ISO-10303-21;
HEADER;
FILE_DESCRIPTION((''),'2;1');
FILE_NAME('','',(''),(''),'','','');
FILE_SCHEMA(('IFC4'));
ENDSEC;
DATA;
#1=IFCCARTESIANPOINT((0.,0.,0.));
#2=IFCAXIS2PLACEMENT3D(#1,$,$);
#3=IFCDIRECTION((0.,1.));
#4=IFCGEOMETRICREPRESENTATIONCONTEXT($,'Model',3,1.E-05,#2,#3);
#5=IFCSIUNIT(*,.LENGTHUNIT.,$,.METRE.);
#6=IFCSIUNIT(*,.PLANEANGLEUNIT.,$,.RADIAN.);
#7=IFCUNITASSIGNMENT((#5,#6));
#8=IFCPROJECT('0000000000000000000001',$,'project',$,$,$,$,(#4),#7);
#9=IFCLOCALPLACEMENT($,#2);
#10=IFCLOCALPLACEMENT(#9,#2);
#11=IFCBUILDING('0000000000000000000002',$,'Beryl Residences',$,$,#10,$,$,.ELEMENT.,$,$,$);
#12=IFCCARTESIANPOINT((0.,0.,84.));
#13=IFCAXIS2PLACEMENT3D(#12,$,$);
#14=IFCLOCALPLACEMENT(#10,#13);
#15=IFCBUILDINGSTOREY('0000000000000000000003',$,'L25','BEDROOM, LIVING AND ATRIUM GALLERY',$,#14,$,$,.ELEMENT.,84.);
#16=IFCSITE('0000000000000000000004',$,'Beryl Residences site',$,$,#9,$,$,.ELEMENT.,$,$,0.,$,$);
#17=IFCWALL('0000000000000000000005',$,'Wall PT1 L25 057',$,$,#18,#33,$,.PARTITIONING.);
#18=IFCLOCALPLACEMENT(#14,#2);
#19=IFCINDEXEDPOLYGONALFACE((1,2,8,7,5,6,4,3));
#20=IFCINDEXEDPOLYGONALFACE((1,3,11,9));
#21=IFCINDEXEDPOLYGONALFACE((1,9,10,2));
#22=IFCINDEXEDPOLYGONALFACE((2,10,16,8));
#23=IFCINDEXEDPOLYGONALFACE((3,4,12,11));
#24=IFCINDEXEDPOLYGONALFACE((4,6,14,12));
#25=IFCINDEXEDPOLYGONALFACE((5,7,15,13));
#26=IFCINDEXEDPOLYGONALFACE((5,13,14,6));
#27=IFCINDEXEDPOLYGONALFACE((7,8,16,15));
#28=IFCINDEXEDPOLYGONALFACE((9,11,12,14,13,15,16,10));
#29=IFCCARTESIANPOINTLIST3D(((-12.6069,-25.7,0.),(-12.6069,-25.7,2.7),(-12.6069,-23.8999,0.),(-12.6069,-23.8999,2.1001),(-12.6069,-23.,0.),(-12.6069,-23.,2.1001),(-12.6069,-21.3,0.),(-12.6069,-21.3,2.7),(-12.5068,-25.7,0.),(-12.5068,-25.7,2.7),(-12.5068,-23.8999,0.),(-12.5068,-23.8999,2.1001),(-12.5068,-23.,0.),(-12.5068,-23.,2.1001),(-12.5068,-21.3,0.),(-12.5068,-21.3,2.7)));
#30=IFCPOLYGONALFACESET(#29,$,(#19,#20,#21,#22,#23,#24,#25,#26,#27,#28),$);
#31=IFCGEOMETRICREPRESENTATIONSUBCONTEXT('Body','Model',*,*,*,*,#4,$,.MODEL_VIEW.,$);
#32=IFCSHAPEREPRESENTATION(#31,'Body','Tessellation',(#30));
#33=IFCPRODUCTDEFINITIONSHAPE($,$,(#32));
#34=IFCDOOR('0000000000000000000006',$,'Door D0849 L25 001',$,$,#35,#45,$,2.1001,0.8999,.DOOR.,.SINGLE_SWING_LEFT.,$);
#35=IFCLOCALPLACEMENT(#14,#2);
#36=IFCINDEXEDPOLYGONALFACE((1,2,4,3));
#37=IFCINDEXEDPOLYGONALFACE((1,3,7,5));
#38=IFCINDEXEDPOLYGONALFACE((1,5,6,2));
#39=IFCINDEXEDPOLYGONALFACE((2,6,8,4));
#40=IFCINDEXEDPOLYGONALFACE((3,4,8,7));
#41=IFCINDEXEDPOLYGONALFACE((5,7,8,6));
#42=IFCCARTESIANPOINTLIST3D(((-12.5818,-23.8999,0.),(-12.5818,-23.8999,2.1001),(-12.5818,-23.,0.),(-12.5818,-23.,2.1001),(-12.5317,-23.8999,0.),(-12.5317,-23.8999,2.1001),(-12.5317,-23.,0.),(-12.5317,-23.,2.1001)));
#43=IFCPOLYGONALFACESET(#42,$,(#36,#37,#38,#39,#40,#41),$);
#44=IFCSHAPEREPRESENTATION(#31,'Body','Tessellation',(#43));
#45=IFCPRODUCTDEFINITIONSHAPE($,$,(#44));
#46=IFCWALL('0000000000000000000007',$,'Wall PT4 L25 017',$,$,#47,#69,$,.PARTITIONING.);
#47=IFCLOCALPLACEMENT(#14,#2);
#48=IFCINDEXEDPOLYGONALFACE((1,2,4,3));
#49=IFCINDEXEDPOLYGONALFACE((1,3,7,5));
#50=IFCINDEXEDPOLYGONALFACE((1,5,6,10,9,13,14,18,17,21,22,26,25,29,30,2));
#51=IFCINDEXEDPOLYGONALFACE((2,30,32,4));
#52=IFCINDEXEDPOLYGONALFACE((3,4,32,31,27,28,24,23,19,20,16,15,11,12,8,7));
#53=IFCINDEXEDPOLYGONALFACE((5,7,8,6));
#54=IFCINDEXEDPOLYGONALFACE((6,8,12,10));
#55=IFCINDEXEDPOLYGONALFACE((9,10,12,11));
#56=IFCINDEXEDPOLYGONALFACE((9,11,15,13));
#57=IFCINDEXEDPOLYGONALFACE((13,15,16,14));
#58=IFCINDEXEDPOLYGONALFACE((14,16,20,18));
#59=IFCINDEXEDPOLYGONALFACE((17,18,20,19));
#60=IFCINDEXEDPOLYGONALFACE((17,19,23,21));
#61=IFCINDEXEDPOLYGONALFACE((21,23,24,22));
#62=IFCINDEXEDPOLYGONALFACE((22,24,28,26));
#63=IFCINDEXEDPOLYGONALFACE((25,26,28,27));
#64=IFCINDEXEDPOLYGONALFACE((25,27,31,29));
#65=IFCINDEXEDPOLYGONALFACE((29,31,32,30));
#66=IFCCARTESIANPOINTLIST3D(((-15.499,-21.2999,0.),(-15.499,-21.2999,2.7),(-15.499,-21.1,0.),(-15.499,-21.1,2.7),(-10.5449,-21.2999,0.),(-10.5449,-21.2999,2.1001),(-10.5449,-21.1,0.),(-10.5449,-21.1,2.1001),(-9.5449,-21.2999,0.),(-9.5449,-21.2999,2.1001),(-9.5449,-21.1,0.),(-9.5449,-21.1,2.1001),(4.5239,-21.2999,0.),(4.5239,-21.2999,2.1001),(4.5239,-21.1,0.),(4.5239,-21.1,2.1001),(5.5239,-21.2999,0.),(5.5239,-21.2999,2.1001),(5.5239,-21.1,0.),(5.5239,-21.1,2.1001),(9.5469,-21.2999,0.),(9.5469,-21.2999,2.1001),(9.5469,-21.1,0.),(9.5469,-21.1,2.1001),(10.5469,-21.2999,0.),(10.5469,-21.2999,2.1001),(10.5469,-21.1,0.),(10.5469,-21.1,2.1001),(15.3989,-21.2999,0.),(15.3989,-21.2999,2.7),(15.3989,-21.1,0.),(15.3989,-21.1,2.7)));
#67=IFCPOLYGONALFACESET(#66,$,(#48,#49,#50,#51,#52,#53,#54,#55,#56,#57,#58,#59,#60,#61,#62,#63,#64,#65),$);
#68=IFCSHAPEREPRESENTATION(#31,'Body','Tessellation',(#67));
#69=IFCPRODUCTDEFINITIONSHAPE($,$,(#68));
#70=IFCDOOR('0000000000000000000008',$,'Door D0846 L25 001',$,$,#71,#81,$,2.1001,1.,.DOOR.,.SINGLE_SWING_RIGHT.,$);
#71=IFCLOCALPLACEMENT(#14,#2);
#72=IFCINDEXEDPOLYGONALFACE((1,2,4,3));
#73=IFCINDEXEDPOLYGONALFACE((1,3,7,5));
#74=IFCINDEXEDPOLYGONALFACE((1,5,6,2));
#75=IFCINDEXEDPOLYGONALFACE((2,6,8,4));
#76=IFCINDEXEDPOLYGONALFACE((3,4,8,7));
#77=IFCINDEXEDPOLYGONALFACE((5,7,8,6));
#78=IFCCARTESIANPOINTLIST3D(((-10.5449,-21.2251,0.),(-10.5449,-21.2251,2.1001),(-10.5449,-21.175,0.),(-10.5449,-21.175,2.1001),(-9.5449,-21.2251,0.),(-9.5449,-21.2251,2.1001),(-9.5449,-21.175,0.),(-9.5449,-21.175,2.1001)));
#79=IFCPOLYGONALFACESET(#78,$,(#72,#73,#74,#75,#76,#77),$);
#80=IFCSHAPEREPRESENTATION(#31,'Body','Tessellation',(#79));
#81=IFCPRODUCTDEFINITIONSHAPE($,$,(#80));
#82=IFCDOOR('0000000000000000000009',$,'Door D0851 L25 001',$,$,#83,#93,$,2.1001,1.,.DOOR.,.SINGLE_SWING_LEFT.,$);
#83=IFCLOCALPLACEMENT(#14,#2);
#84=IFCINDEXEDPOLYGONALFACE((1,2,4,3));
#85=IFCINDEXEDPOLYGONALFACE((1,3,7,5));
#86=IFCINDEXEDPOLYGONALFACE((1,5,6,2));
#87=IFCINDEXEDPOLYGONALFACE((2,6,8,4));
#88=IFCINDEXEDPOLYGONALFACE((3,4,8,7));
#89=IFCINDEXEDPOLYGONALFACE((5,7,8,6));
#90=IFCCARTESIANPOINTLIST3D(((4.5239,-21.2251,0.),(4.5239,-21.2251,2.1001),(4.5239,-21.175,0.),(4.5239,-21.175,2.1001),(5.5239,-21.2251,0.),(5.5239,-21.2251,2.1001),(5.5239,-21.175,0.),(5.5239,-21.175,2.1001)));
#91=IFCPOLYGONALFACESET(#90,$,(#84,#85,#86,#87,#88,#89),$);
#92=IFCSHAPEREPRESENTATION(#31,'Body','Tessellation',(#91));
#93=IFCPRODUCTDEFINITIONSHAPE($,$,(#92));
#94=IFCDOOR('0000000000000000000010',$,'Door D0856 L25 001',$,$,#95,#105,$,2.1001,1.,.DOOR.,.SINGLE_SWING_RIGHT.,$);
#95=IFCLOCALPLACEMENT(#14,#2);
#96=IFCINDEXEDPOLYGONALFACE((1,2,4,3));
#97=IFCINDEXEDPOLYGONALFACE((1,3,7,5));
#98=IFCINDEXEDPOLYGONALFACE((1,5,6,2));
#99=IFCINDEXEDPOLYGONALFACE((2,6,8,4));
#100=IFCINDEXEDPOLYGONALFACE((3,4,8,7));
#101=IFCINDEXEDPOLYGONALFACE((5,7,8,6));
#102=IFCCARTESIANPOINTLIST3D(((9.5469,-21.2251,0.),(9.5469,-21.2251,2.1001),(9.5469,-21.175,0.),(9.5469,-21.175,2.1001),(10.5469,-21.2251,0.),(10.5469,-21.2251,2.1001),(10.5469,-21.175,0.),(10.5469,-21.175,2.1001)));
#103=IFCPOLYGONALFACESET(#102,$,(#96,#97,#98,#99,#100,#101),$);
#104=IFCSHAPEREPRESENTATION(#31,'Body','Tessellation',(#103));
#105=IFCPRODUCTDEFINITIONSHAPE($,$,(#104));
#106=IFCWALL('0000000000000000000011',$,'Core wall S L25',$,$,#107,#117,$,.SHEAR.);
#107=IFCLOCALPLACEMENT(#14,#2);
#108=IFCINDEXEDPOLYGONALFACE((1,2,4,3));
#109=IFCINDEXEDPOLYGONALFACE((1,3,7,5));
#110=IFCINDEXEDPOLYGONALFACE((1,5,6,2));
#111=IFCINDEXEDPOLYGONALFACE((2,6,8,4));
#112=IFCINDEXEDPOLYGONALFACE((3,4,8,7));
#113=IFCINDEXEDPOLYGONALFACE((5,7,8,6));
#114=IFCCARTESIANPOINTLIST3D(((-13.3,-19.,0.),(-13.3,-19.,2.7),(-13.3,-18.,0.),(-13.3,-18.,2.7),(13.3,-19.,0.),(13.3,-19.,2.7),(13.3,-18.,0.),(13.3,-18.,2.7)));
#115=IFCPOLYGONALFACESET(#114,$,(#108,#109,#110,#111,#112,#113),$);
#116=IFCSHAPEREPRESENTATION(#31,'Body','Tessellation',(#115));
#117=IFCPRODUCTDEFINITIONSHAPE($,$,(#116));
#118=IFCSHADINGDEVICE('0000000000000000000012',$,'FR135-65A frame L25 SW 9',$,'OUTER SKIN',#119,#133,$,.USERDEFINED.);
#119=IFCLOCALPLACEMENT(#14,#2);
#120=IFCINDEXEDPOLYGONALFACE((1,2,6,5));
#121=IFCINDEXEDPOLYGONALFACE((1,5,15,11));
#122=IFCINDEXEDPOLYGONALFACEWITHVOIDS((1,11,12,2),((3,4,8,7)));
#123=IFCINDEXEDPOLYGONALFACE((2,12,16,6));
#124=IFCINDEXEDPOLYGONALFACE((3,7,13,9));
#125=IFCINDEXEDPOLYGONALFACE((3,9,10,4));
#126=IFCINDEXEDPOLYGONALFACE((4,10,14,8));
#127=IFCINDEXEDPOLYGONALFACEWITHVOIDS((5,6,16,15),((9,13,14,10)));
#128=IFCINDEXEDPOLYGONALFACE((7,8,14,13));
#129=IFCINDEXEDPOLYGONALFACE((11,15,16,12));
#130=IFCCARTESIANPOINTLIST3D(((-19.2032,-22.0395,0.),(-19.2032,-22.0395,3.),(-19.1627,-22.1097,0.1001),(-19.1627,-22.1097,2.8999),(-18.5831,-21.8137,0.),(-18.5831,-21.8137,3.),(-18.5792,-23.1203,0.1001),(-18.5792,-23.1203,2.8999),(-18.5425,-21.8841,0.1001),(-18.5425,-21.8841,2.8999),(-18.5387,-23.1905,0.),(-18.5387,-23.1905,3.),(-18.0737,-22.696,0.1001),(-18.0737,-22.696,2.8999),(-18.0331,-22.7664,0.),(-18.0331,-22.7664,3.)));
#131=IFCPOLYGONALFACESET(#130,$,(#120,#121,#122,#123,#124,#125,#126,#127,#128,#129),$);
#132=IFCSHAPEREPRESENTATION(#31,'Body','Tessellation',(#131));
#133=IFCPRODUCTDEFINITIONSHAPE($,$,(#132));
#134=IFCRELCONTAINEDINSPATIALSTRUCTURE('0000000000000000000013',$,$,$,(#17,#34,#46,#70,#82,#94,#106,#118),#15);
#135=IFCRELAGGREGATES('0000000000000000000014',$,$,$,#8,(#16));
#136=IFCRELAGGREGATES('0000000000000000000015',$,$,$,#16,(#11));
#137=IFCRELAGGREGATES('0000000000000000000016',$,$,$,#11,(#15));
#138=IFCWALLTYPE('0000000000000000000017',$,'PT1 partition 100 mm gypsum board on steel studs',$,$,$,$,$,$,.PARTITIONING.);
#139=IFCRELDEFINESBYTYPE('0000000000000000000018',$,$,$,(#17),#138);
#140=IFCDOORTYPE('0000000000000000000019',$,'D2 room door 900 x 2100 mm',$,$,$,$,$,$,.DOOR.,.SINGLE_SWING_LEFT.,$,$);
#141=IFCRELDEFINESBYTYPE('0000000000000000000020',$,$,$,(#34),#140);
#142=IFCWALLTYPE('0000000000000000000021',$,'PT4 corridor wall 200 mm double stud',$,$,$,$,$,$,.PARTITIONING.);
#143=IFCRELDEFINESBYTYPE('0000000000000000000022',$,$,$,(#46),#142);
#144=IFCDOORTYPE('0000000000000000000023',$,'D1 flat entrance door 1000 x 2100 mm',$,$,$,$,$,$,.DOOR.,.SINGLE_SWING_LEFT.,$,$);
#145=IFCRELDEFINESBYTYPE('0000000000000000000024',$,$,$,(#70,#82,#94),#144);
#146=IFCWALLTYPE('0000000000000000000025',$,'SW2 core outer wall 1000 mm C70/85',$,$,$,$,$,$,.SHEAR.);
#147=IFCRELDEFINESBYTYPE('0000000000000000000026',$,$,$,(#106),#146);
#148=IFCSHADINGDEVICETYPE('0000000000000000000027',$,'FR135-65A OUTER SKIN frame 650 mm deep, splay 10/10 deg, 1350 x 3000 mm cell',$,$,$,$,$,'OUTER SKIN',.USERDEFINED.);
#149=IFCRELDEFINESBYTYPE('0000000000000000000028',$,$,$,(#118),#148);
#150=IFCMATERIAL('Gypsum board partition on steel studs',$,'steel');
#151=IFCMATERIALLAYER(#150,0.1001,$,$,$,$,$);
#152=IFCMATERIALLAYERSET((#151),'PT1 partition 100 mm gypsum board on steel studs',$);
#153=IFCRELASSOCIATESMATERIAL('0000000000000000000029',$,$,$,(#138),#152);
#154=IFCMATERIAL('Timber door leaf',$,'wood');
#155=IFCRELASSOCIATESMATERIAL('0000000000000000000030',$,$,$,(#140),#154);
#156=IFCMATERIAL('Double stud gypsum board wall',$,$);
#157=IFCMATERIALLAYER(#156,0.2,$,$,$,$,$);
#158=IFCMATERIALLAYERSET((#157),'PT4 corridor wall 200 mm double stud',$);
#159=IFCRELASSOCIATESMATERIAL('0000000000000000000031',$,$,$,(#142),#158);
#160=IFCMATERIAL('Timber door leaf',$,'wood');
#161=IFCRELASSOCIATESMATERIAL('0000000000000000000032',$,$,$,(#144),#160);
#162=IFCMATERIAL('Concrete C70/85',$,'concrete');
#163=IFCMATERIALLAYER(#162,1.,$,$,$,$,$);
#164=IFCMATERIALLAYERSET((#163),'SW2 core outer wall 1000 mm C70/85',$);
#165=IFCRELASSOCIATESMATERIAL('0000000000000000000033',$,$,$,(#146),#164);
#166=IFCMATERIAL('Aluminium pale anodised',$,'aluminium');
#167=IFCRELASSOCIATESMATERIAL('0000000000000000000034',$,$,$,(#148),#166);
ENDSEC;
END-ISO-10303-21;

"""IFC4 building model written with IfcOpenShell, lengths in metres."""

from ifc_helpers import new_model, entity, si_unit, direction, frame, frame_2d, origin, place, context, subcontext, project, spatial, rectangle, extrude, source, transform, mapped, material, layer, layer_set, type_object, type_shapes, element, fill, save


model = new_model("IFC4")

# Units and contexts
model_context = context("Model", 3, precision=1e-05, world=origin(), true_north=direction((0.0, 1.0)))
body_context = subcontext(model_context, "Body", "Model", "MODEL_VIEW")
ifc_project = project(units=[si_unit("LENGTHUNIT", "METRE"), si_unit("PLANEANGLEUNIT", "RADIAN")], contexts=[model_context])

# Site, building, storey
site_placement = place(None, origin())
site = spatial("IfcSite", under=ifc_project, at=site_placement, Name="Beryl Residences site", CompositionType="ELEMENT", RefElevation=0.0)
building_placement = place(site_placement, origin())
building = spatial("IfcBuilding", under=site, at=building_placement, Name="Beryl Residences", CompositionType="ELEMENT")
storey_placement = place(building_placement, frame((0.0, 0.0, 84.0)))
storey = spatial("IfcBuildingStorey", under=building, at=storey_placement, Name="L25", Description="BEDROOM, LIVING AND ATRIUM GALLERY", CompositionType="ELEMENT", Elevation=84.0)

# Wall, opening, door
ifc_material_1 = material(Name="Gypsum board partition on steel studs", Category="steel")
ifc_layer_1 = layer(ifc_material_1, 0.1001)
ifc_layer_set_1 = layer_set([ifc_layer_1], Name="PT1 partition 100 mm gypsum board on steel studs")
wall_type_1 = type_object("IfcWallType", Name="PT1 partition 100 mm gypsum board on steel studs", PredefinedType="PARTITIONING", material=ifc_layer_set_1)
wall_1_placement = place(storey_placement, frame((-12.5569, -25.7, 0.0), z_axis=(0.0, 0.0, 1.0), x_axis=(0.0, 1.0, 0.0)))
wall_1 = element("IfcWall", 1, at=wall_1_placement, inside=storey, type_object=wall_type_1, Name="Wall PT1 L25 057", PredefinedType="PARTITIONING", context=body_context, shape_type="SweptSolid", body=[
    extrude(rectangle(XDim=4.3999, YDim=0.1001, at=frame_2d((2.2, 0.0))), origin(), (0.0, 0.0, 1.0), 2.7),
])
opening_1_placement = place(wall_1_placement, frame((1.8, 0.0, 0.0)))
opening_1 = element("IfcOpeningElement", 2, at=opening_1_placement, cuts=wall_1, PredefinedType="OPENING", context=body_context, shape_type="SweptSolid", body=[
    extrude(rectangle(XDim=0.8999, YDim=2.1001, at=frame_2d((0.45, 1.05))), frame((0.0, 0.0601, 0.0), z_axis=(0.0, -1.0, 0.0), x_axis=(1.0, 0.0, 0.0)), (0.0, 0.0, 1.0), 0.1201),
])
ifc_material_2 = material(Name="Timber door leaf", Category="wood")
door_type_1 = type_object("IfcDoorType", Name="D2 room door 900 x 2100 mm", OperationType="SINGLE_SWING_LEFT", PredefinedType="DOOR", material=ifc_material_2)
door_1_placement = place(opening_1_placement, origin())
door_1 = element("IfcDoor", 3, at=door_1_placement, inside=storey, type_object=door_type_1, Name="Door D0849 L25 001", OperationType="SINGLE_SWING_LEFT", OverallHeight=2.1001, OverallWidth=0.8999, PredefinedType="DOOR", context=body_context, shape_type="SweptSolid", body=[
    extrude(rectangle(XDim=0.8999, YDim=2.1001, at=frame_2d((0.45, 1.05))), frame((0.0, 0.0249, 0.0), z_axis=(0.0, -1.0, 0.0), x_axis=(1.0, 0.0, 0.0)), (0.0, 0.0, 1.0), 0.05),
])
fill(opening_1, door_1)

# Wall, openings, doors
ifc_material_3 = material(Name="Double stud gypsum board wall")
ifc_layer_2 = layer(ifc_material_3, 0.2)
ifc_layer_set_2 = layer_set([ifc_layer_2], Name="PT4 corridor wall 200 mm double stud")
wall_type_2 = type_object("IfcWallType", Name="PT4 corridor wall 200 mm double stud", PredefinedType="PARTITIONING", material=ifc_layer_set_2)
wall_2_placement = place(storey_placement, frame((-15.499, -21.2, 0.0), z_axis=(0.0, 0.0, 1.0), x_axis=(1.0, 0.0, 0.0)))
wall_2 = element("IfcWall", 4, at=wall_2_placement, inside=storey, type_object=wall_type_2, Name="Wall PT4 L25 017", PredefinedType="PARTITIONING", context=body_context, shape_type="SweptSolid", body=[
    extrude(rectangle(XDim=30.8979, YDim=0.2, at=frame_2d((15.449, 0.0))), origin(), (0.0, 0.0, 1.0), 2.7),
])
opening_2_placement = place(wall_2_placement, frame((4.9541, 0.0, 0.0)))
opening_2 = element("IfcOpeningElement", 5, at=opening_2_placement, cuts=wall_2, PredefinedType="OPENING", context=body_context, shape_type="SweptSolid", body=[
    extrude(rectangle(XDim=1.0, YDim=2.1001, at=frame_2d((0.5, 1.05))), frame((0.0, 0.1099, 0.0), z_axis=(0.0, -1.0, 0.0), x_axis=(1.0, 0.0, 0.0)), (0.0, 0.0, 1.0), 0.22),
])
opening_3_placement = place(wall_2_placement, frame((20.0229, 0.0, 0.0)))
opening_3 = element("IfcOpeningElement", 6, at=opening_3_placement, cuts=wall_2, PredefinedType="OPENING", context=body_context, shape_type="SweptSolid", body=[
    extrude(rectangle(XDim=1.0, YDim=2.1001, at=frame_2d((0.5, 1.05))), frame((0.0, 0.1099, 0.0), z_axis=(0.0, -1.0, 0.0), x_axis=(1.0, 0.0, 0.0)), (0.0, 0.0, 1.0), 0.22),
])
opening_4_placement = place(wall_2_placement, frame((25.0459, 0.0, 0.0)))
opening_4 = element("IfcOpeningElement", 7, at=opening_4_placement, cuts=wall_2, PredefinedType="OPENING", context=body_context, shape_type="SweptSolid", body=[
    extrude(rectangle(XDim=1.0, YDim=2.1001, at=frame_2d((0.5, 1.05))), frame((0.0, 0.1099, 0.0), z_axis=(0.0, -1.0, 0.0), x_axis=(1.0, 0.0, 0.0)), (0.0, 0.0, 1.0), 0.22),
])
ifc_material_4 = material(Name="Timber door leaf", Category="wood")
door_type_2 = type_object("IfcDoorType", Name="D1 flat entrance door 1000 x 2100 mm", OperationType="SINGLE_SWING_LEFT", PredefinedType="DOOR", material=ifc_material_4)
door_2_placement = place(opening_2_placement, origin())
door_2 = element("IfcDoor", 8, at=door_2_placement, inside=storey, type_object=door_type_2, Name="Door D0846 L25 001", OperationType="SINGLE_SWING_RIGHT", OverallHeight=2.1001, OverallWidth=1.0, PredefinedType="DOOR", context=body_context, shape_type="SweptSolid", body=[
    extrude(rectangle(XDim=1.0, YDim=2.1001, at=frame_2d((0.5, 1.05))), frame((0.0, 0.0249, 0.0), z_axis=(0.0, -1.0, 0.0), x_axis=(1.0, 0.0, 0.0)), (0.0, 0.0, 1.0), 0.05),
])
fill(opening_2, door_2)
door_3_placement = place(opening_3_placement, origin())
door_3 = element("IfcDoor", 9, at=door_3_placement, inside=storey, type_object=door_type_2, Name="Door D0851 L25 001", OperationType="SINGLE_SWING_LEFT", OverallHeight=2.1001, OverallWidth=1.0, PredefinedType="DOOR", context=body_context, shape_type="SweptSolid", body=[
    extrude(rectangle(XDim=1.0, YDim=2.1001, at=frame_2d((0.5, 1.05))), frame((0.0, 0.0249, 0.0), z_axis=(0.0, -1.0, 0.0), x_axis=(1.0, 0.0, 0.0)), (0.0, 0.0, 1.0), 0.05),
])
fill(opening_3, door_3)
door_4_placement = place(opening_4_placement, origin())
door_4 = element("IfcDoor", 10, at=door_4_placement, inside=storey, type_object=door_type_2, Name="Door D0856 L25 001", OperationType="SINGLE_SWING_RIGHT", OverallHeight=2.1001, OverallWidth=1.0, PredefinedType="DOOR", context=body_context, shape_type="SweptSolid", body=[
    extrude(rectangle(XDim=1.0, YDim=2.1001, at=frame_2d((0.5, 1.05))), frame((0.0, 0.0249, 0.0), z_axis=(0.0, -1.0, 0.0), x_axis=(1.0, 0.0, 0.0)), (0.0, 0.0, 1.0), 0.05),
])
fill(opening_4, door_4)

# Wall
ifc_material_5 = material(Name="Concrete C70/85", Category="concrete")
ifc_layer_3 = layer(ifc_material_5, 1.0)
ifc_layer_set_3 = layer_set([ifc_layer_3], Name="SW2 core outer wall 1000 mm C70/85")
wall_type_3 = type_object("IfcWallType", Name="SW2 core outer wall 1000 mm C70/85", PredefinedType="SHEAR", material=ifc_layer_set_3)
wall_3_placement = place(storey_placement, frame((-13.3, -18.5, 0.0), z_axis=(0.0, 0.0, 1.0), x_axis=(1.0, 0.0, 0.0)))
element("IfcWall", 11, at=wall_3_placement, inside=storey, type_object=wall_type_3, Name="Core wall S L25", PredefinedType="SHEAR", context=body_context, shape_type="SweptSolid", body=[
    extrude(rectangle(XDim=26.6001, YDim=1.0, at=frame_2d((13.3, 0.0))), origin(), (0.0, 0.0, 1.0), 2.7),
])

# Shading device
ifc_material_6 = material(Name="Aluminium pale anodised", Category="aluminium")
shading_device_type_1 = type_object("IfcShadingDeviceType", Name="FR135-65A OUTER SKIN frame 650 mm deep, splay 10/10 deg, 1350 x 3000 mm cell", ElementType="OUTER SKIN", PredefinedType="USERDEFINED", material=ifc_material_6)
cartesian_point_1 = entity("IfcCartesianPoint", [-0.55, 0.0])
cartesian_point_2 = entity("IfcCartesianPoint", [-0.4688, 0.1001])
cartesian_point_3 = entity("IfcCartesianPoint", [-0.6646, 0.0])
cartesian_point_4 = entity("IfcCartesianPoint", [-0.5835, 0.1001])
shared_shape_1 = source(origin(), body_context, "Body", "SweptSolid", [
    entity("IfcExtrudedAreaSolidTapered", entity("IfcArbitraryProfileDefWithVoids", "AREA", None, entity("IfcPolyline", [cartesian_point_1, entity("IfcCartesianPoint", [0.55, 0.0]), entity("IfcCartesianPoint", [0.55, 3.0]), entity("IfcCartesianPoint", [-0.55, 3.0]), cartesian_point_1]), [entity("IfcPolyline", [cartesian_point_2, entity("IfcCartesianPoint", [0.4688, 0.1001]), entity("IfcCartesianPoint", [0.4688, 2.8999]), entity("IfcCartesianPoint", [-0.4688, 2.8999]), cartesian_point_2])]), entity("IfcAxis2Placement3D", entity("IfcCartesianPoint", [0.0, 0.0, 0.0]), entity("IfcDirection", [0.0, 1.0, 0.0]), entity("IfcDirection", [-1.0, 0.0, 0.0])), entity("IfcDirection", [0.0, 0.0, 1.0]), 0.6499, entity("IfcArbitraryProfileDefWithVoids", "AREA", None, entity("IfcPolyline", [cartesian_point_3, entity("IfcCartesianPoint", [0.6646, 0.0]), entity("IfcCartesianPoint", [0.6646, 3.0]), entity("IfcCartesianPoint", [-0.6646, 3.0]), cartesian_point_3]), [entity("IfcPolyline", [cartesian_point_4, entity("IfcCartesianPoint", [0.5835, 0.1001]), entity("IfcCartesianPoint", [0.5835, 2.8999]), entity("IfcCartesianPoint", [-0.5835, 2.8999]), cartesian_point_4])])),
])
type_shapes(shading_device_type_1, [shared_shape_1])
shading_device_1_placement = place(storey_placement, frame((-18.3081, -22.29, 0.0), z_axis=(0.0, 0.0, 1.0), x_axis=(-0.5, 0.866025, 0.0)))
element("IfcShadingDevice", 12, at=shading_device_1_placement, inside=storey, type_object=shading_device_type_1, Name="FR135-65A frame L25 SW 9", ObjectType="OUTER SKIN", PredefinedType="USERDEFINED", context=body_context, shape_type="MappedRepresentation", body=[
    mapped(shared_shape_1, transform((0.0, 0.0, 0.0))),
])

save(model, "model.ifc")
